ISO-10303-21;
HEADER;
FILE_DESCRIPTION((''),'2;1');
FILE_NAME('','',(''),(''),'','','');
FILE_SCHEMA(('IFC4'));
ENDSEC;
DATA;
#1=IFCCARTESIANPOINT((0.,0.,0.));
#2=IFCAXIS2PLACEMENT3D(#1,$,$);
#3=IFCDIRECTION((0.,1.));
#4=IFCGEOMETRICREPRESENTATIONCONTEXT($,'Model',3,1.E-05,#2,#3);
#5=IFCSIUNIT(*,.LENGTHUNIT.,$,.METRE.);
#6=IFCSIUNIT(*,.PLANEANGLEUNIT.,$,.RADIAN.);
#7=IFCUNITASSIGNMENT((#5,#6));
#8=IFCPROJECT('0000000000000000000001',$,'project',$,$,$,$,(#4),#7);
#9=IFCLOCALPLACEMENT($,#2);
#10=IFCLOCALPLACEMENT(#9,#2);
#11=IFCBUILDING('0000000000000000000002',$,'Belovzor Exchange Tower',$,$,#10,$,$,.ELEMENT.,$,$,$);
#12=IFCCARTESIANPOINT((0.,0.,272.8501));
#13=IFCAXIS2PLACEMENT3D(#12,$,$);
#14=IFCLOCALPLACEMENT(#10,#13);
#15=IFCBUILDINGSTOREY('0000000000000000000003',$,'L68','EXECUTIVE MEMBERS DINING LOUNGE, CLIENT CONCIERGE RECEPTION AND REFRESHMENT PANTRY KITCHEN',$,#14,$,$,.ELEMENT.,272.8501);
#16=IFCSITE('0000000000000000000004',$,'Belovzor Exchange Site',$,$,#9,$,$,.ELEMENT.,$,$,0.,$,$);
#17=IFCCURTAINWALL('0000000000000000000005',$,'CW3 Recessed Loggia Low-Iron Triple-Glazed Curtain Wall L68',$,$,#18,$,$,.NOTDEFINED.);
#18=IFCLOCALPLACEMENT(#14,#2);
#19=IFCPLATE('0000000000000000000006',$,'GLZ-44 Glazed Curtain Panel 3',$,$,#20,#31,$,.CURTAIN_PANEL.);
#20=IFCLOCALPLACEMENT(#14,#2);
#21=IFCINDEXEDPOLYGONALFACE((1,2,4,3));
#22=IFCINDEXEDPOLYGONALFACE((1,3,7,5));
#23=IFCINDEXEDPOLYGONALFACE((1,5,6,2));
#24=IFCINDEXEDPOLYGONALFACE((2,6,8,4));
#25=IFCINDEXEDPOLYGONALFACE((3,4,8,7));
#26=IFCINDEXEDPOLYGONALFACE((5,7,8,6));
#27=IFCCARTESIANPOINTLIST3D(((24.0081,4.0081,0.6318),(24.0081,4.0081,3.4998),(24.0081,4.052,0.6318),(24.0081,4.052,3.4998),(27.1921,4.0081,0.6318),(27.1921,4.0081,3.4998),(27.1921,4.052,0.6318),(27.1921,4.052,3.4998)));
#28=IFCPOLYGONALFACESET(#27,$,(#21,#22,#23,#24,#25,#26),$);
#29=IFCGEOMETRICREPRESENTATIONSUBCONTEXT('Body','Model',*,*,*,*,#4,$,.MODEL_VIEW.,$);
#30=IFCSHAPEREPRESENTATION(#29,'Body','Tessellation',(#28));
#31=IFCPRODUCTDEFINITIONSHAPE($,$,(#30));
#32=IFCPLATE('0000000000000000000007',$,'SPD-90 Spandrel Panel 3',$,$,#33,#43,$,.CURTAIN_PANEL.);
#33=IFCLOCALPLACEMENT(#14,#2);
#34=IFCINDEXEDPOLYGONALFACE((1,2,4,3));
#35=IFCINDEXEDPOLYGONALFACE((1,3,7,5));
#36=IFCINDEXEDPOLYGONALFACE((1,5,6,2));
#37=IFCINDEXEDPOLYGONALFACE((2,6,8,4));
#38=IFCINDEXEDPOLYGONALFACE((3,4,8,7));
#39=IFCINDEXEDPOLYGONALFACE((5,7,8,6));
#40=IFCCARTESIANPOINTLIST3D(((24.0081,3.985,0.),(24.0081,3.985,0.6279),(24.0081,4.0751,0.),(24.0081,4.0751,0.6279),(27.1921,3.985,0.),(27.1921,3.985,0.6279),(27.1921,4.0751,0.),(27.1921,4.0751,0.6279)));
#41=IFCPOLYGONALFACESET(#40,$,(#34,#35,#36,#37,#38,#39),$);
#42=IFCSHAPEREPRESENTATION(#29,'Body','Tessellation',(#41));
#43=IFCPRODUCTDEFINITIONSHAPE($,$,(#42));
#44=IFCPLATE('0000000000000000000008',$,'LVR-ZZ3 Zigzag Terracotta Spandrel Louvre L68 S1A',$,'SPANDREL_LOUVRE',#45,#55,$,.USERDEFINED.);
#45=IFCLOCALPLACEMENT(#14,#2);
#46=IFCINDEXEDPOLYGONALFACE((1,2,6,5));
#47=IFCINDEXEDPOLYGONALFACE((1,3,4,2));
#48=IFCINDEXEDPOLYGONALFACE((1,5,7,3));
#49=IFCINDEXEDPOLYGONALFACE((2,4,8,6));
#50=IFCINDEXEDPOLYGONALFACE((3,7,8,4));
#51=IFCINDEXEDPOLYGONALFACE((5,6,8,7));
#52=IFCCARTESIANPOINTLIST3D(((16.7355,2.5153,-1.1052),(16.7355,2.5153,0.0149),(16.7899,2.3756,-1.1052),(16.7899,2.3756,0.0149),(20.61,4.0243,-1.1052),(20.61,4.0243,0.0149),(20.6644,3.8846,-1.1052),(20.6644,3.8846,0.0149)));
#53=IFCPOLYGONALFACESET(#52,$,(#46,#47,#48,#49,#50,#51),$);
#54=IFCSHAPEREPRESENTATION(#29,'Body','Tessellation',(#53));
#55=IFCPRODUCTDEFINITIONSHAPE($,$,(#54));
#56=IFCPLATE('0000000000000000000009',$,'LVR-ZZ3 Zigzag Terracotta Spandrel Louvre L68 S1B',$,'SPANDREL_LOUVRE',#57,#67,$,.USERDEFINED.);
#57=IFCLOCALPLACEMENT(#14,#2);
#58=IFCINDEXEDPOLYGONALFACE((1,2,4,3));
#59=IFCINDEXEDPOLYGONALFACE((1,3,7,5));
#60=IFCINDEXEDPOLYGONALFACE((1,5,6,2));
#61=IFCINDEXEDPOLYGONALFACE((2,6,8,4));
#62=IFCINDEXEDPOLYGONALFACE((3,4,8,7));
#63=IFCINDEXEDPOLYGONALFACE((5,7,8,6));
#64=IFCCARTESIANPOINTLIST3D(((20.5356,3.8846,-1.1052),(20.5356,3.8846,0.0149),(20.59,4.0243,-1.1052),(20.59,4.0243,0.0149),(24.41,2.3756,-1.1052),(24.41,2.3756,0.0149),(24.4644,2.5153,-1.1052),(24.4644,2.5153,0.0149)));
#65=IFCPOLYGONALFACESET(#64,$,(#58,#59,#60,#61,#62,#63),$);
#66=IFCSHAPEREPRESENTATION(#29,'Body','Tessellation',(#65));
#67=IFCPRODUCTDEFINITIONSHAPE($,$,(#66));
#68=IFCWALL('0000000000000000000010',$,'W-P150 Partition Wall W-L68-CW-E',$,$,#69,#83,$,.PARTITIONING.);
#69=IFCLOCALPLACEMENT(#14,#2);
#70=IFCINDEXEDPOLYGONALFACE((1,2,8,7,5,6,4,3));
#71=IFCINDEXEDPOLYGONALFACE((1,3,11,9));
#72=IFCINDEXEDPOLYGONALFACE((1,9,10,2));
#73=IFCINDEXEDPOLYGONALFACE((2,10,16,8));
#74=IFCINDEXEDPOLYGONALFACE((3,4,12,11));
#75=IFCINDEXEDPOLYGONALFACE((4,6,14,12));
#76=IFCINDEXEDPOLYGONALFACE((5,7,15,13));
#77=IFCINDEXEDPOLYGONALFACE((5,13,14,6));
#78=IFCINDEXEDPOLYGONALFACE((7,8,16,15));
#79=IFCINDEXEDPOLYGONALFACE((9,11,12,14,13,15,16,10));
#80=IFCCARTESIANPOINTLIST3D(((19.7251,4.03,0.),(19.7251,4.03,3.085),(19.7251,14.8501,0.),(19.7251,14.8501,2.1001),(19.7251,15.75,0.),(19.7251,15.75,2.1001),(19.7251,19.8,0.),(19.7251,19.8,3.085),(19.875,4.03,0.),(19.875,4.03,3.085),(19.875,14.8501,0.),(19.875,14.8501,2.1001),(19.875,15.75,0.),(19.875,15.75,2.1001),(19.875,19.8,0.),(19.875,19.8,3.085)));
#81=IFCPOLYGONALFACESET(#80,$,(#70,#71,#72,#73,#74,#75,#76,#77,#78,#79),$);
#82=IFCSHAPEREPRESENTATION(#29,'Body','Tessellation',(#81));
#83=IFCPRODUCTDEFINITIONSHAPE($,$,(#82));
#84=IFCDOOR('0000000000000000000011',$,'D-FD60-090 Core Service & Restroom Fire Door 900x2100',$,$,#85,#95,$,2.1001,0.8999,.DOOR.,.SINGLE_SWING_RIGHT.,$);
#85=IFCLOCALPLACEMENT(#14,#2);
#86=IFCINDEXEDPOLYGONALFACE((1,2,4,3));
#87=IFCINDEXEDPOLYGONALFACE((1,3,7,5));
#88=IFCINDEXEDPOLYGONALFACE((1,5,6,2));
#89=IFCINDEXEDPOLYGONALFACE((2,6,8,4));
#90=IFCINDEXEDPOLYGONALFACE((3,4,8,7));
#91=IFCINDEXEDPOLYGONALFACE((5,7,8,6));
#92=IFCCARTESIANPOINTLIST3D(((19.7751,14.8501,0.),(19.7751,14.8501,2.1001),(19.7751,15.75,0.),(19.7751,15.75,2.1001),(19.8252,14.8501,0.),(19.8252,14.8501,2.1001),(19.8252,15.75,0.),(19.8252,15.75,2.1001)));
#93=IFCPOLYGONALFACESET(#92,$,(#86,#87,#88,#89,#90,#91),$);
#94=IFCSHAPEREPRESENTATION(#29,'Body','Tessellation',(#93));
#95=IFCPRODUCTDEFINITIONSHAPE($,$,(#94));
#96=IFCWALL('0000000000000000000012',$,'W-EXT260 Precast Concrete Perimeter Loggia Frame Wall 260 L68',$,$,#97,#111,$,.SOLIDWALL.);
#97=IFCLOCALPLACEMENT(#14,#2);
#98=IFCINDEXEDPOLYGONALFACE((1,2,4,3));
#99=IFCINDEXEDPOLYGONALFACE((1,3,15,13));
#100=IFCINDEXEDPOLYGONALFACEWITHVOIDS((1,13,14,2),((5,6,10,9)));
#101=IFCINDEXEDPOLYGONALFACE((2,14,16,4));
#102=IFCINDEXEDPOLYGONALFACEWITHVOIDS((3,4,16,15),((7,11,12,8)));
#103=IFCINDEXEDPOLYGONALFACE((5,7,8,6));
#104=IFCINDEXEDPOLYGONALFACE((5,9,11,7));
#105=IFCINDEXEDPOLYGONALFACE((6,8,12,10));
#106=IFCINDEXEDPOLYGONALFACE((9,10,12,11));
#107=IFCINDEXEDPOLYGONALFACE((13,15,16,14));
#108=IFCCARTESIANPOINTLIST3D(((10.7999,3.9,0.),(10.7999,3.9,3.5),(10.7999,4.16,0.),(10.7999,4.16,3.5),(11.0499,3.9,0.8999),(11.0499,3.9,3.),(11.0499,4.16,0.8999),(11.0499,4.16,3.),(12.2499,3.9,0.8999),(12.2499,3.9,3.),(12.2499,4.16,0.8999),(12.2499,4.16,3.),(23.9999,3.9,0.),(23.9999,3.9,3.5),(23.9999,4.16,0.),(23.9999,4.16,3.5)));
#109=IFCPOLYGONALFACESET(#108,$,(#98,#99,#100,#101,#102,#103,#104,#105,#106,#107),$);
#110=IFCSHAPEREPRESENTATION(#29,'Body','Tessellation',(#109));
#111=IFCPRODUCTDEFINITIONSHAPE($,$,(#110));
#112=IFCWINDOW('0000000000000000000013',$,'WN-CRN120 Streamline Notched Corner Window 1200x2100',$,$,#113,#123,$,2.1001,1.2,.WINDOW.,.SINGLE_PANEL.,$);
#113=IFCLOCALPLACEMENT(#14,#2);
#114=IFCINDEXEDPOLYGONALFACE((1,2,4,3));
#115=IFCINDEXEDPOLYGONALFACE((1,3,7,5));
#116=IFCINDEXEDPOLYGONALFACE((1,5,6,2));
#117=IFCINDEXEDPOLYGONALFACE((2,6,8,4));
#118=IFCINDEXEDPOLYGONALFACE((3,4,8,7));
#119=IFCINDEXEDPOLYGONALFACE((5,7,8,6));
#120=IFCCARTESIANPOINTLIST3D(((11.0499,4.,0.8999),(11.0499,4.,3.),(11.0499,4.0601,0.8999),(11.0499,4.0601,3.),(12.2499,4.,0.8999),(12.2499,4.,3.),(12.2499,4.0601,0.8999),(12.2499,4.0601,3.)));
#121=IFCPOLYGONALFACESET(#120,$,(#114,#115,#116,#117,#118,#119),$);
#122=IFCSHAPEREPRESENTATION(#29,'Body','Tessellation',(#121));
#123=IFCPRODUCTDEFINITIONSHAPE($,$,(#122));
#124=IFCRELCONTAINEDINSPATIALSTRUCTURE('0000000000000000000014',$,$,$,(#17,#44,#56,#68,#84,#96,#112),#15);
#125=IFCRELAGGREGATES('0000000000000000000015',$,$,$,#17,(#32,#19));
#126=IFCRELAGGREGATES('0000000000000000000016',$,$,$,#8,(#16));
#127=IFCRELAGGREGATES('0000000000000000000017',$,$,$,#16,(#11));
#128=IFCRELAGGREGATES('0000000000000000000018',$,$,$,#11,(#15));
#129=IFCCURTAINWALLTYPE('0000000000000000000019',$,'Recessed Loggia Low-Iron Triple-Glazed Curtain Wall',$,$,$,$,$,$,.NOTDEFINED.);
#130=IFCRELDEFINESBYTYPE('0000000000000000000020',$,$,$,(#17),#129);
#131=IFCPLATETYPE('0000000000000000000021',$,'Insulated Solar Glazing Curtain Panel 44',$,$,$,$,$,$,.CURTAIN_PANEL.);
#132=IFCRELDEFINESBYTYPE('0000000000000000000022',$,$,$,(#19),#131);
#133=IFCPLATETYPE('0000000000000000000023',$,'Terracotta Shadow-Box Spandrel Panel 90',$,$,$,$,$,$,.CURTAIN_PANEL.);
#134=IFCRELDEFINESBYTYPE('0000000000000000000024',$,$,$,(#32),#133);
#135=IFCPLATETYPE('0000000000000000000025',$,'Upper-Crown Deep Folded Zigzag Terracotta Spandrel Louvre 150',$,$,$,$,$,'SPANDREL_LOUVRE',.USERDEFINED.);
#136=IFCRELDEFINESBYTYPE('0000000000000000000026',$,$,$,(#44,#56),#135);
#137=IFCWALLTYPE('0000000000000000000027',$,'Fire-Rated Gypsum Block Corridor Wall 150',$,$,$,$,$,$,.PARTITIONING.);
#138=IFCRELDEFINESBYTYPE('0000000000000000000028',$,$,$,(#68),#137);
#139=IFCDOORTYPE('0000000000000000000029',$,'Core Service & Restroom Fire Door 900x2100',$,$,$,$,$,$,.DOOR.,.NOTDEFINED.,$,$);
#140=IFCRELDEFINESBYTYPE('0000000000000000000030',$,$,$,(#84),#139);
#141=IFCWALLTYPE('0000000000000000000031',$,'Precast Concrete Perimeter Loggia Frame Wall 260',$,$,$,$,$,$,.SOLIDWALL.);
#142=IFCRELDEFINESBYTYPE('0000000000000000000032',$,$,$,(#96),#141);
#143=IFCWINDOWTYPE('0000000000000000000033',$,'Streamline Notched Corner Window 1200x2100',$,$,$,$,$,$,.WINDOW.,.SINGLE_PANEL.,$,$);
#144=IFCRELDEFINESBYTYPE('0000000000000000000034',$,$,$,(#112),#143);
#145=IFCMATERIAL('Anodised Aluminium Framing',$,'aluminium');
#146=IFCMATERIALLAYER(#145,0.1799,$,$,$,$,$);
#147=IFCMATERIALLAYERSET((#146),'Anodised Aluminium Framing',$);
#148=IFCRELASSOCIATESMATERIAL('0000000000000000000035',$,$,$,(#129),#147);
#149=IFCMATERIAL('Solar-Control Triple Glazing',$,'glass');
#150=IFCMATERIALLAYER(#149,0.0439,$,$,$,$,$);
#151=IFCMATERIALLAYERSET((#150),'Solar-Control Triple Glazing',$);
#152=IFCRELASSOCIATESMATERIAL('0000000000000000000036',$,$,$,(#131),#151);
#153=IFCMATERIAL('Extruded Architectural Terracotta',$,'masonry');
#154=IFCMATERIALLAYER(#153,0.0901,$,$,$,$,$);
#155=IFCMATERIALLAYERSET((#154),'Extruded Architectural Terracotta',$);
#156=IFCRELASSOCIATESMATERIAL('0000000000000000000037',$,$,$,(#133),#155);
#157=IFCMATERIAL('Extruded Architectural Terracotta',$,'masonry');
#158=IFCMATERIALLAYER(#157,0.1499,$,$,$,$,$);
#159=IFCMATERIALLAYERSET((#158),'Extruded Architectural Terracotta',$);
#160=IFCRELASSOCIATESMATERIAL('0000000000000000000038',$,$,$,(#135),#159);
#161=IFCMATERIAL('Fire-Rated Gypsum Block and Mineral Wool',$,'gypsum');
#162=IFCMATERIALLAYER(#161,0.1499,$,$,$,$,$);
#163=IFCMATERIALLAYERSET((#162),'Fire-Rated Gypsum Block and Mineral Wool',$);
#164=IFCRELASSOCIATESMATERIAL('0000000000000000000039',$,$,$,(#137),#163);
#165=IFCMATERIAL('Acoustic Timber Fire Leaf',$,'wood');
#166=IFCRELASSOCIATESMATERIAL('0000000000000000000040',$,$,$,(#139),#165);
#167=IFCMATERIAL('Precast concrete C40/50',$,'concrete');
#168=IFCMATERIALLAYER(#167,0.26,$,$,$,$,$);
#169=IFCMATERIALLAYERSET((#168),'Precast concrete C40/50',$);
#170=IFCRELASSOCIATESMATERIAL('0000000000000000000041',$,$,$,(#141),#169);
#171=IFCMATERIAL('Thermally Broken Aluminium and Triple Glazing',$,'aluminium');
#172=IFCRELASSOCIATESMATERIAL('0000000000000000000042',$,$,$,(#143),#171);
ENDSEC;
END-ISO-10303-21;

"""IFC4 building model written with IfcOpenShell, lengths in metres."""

from ifc_helpers import new_model, si_unit, direction, frame, frame_2d, origin, origin_2d, place, context, subcontext, project, spatial, rectangle, extrude, material, layer, layer_set, type_object, element, fill, aggregate, save


model = new_model("IFC4")

# Units and contexts
model_context = context("Model", 3, precision=1e-05, world=origin(), true_north=direction((0.0, 1.0)))
body_context = subcontext(model_context, "Body", "Model", "MODEL_VIEW")
ifc_project = project(units=[si_unit("LENGTHUNIT", "METRE"), si_unit("PLANEANGLEUNIT", "RADIAN")], contexts=[model_context])

# Site, building, storey
site_placement = place(None, origin())
site = spatial("IfcSite", under=ifc_project, at=site_placement, Name="Belovzor Exchange Site", CompositionType="ELEMENT", RefElevation=0.0)
building_placement = place(site_placement, origin())
building = spatial("IfcBuilding", under=site, at=building_placement, Name="Belovzor Exchange Tower", CompositionType="ELEMENT")
storey_placement = place(building_placement, frame((0.0, 0.0, 272.8501)))
storey = spatial("IfcBuildingStorey", under=building, at=storey_placement, Name="L68", Description="EXECUTIVE MEMBERS DINING LOUNGE, CLIENT CONCIERGE RECEPTION AND REFRESHMENT PANTRY KITCHEN", CompositionType="ELEMENT", Elevation=272.8501)

# Curtain wall
ifc_material_1 = material(Name="Anodised Aluminium Framing", Category="aluminium")
ifc_layer_1 = layer(ifc_material_1, 0.1799)
ifc_layer_set_1 = layer_set([ifc_layer_1], Name="Anodised Aluminium Framing")
curtain_wall_type = type_object("IfcCurtainWallType", Name="Recessed Loggia Low-Iron Triple-Glazed Curtain Wall", PredefinedType="NOTDEFINED", material=ifc_layer_set_1)
curtain_wall_placement = place(storey_placement, origin())
curtain_wall = element("IfcCurtainWall", 1, at=curtain_wall_placement, inside=storey, type_object=curtain_wall_type, Name="CW3 Recessed Loggia Low-Iron Triple-Glazed Curtain Wall L68", PredefinedType="NOTDEFINED")

# Plates
ifc_material_2 = material(Name="Solar-Control Triple Glazing", Category="glass")
ifc_layer_2 = layer(ifc_material_2, 0.0439)
ifc_layer_set_2 = layer_set([ifc_layer_2], Name="Solar-Control Triple Glazing")
plate_type_1 = type_object("IfcPlateType", Name="Insulated Solar Glazing Curtain Panel 44", PredefinedType="CURTAIN_PANEL", material=ifc_layer_set_2)
plate_1_placement = place(storey_placement, frame((25.6001, 4.03, 0.6318), z_axis=(0.0, 0.0, 1.0), x_axis=(-1.0, 0.0, 0.0)))
plate_1 = element("IfcPlate", 2, at=plate_1_placement, type_object=plate_type_1, Name="GLZ-44 Glazed Curtain Panel 3", PredefinedType="CURTAIN_PANEL", context=body_context, shape_type="SweptSolid", body=[
    extrude(rectangle(XDim=3.1841, YDim=0.0439, at=origin_2d()), origin(), (0.0, 0.0, 1.0), 2.8679),
])
ifc_material_3 = material(Name="Extruded Architectural Terracotta", Category="masonry")
ifc_layer_3 = layer(ifc_material_3, 0.0901)
ifc_layer_set_3 = layer_set([ifc_layer_3], Name="Extruded Architectural Terracotta")
plate_type_2 = type_object("IfcPlateType", Name="Terracotta Shadow-Box Spandrel Panel 90", PredefinedType="CURTAIN_PANEL", material=ifc_layer_set_3)
plate_2_placement = place(storey_placement, frame((25.6001, 4.03, 0.0), z_axis=(0.0, 0.0, 1.0), x_axis=(-1.0, 0.0, 0.0)))
plate_2 = element("IfcPlate", 3, at=plate_2_placement, type_object=plate_type_2, Name="SPD-90 Spandrel Panel 3", PredefinedType="CURTAIN_PANEL", context=body_context, shape_type="SweptSolid", body=[
    extrude(rectangle(XDim=3.1841, YDim=0.0901, at=origin_2d()), origin(), (0.0, 0.0, 1.0), 0.6279),
])
aggregate(curtain_wall, [plate_2, plate_1])

# Plates
ifc_material_4 = material(Name="Extruded Architectural Terracotta", Category="masonry")
ifc_layer_4 = layer(ifc_material_4, 0.1499)
ifc_layer_set_4 = layer_set([ifc_layer_4], Name="Extruded Architectural Terracotta")
plate_type_3 = type_object("IfcPlateType", Name="Upper-Crown Deep Folded Zigzag Terracotta Spandrel Louvre 150", ElementType="SPANDREL_LOUVRE", PredefinedType="USERDEFINED", material=ifc_layer_set_4)
for number, where, z_axis, x_axis, name in (
    (4, (18.7, 3.2, -1.1052), (0.0, 0.0, 1.0), (0.931818, 0.362926, 0.0), "LVR-ZZ3 Zigzag Terracotta Spandrel Louvre L68 S1A"),
    (5, (22.5, 3.2, -1.1052), (0.0, 0.0, 1.0), (0.931818, -0.362926, 0.0), "LVR-ZZ3 Zigzag Terracotta Spandrel Louvre L68 S1B"),
):
    element("IfcPlate", number, at=place(storey_placement, frame(where, z_axis=z_axis, x_axis=x_axis)), inside=storey, type_object=plate_type_3, Name=name, ObjectType="SPANDREL_LOUVRE", PredefinedType="USERDEFINED", context=body_context, shape_type="SweptSolid", body=[
        extrude(rectangle(XDim=4.158, YDim=0.1499, at=origin_2d()), origin(), (0.0, 0.0, 1.0), 1.1201),
    ])

# Wall, opening, door
ifc_material_5 = material(Name="Fire-Rated Gypsum Block and Mineral Wool", Category="gypsum")
ifc_layer_5 = layer(ifc_material_5, 0.1499)
ifc_layer_set_5 = layer_set([ifc_layer_5], Name="Fire-Rated Gypsum Block and Mineral Wool")
wall_type_1 = type_object("IfcWallType", Name="Fire-Rated Gypsum Block Corridor Wall 150", PredefinedType="PARTITIONING", material=ifc_layer_set_5)
wall_1_placement = place(storey_placement, frame((19.8, 4.03, 0.0), z_axis=(0.0, 0.0, 1.0), x_axis=(0.0, 1.0, 0.0)))
wall_1 = element("IfcWall", 6, at=wall_1_placement, inside=storey, type_object=wall_type_1, Name="W-P150 Partition Wall W-L68-CW-E", PredefinedType="PARTITIONING", context=body_context, shape_type="SweptSolid", body=[
    extrude(rectangle(XDim=15.77, YDim=0.1499, at=frame_2d((7.885, 0.0))), origin(), (0.0, 0.0, 1.0), 3.085),
])
opening_1_placement = place(wall_1_placement, frame((10.8201, 0.0, 0.0)))
opening_1 = element("IfcOpeningElement", 7, at=opening_1_placement, cuts=wall_1, PredefinedType="OPENING", context=body_context, shape_type="SweptSolid", body=[
    extrude(rectangle(XDim=0.8999, YDim=2.1001, at=frame_2d((0.45, 1.05))), frame((0.0, 0.085, 0.0), z_axis=(0.0, -1.0, 0.0), x_axis=(1.0, 0.0, 0.0)), (0.0, 0.0, 1.0), 0.1699),
])
ifc_material_6 = material(Name="Acoustic Timber Fire Leaf", Category="wood")
door_type = type_object("IfcDoorType", Name="Core Service & Restroom Fire Door 900x2100", OperationType="NOTDEFINED", PredefinedType="DOOR", material=ifc_material_6)
door_placement = place(opening_1_placement, origin())
door = element("IfcDoor", 8, at=door_placement, inside=storey, type_object=door_type, Name="D-FD60-090 Core Service & Restroom Fire Door 900x2100", OperationType="SINGLE_SWING_RIGHT", OverallHeight=2.1001, OverallWidth=0.8999, PredefinedType="DOOR", context=body_context, shape_type="SweptSolid", body=[
    extrude(rectangle(XDim=0.8999, YDim=2.1001, at=frame_2d((0.45, 1.05))), frame((0.0, 0.0249, 0.0), z_axis=(0.0, -1.0, 0.0), x_axis=(1.0, 0.0, 0.0)), (0.0, 0.0, 1.0), 0.05),
])
fill(opening_1, door)

# Wall, opening, window
ifc_material_7 = material(Name="Precast concrete C40/50", Category="concrete")
ifc_layer_6 = layer(ifc_material_7, 0.26)
ifc_layer_set_6 = layer_set([ifc_layer_6], Name="Precast concrete C40/50")
wall_type_2 = type_object("IfcWallType", Name="Precast Concrete Perimeter Loggia Frame Wall 260", PredefinedType="SOLIDWALL", material=ifc_layer_set_6)
wall_2_placement = place(storey_placement, frame((24.0, 4.03, 0.0), z_axis=(0.0, 0.0, 1.0), x_axis=(-1.0, 0.0, 0.0)))
wall_2 = element("IfcWall", 9, at=wall_2_placement, inside=storey, type_object=wall_type_2, Name="W-EXT260 Precast Concrete Perimeter Loggia Frame Wall 260 L68", PredefinedType="SOLIDWALL", context=body_context, shape_type="SweptSolid", body=[
    extrude(rectangle(XDim=13.2, YDim=0.26, at=frame_2d((6.6001, 0.0))), origin(), (0.0, 0.0, 1.0), 3.5),
])
opening_2_placement = place(wall_2_placement, frame((11.75, 0.0, 0.8999)))
opening_2 = element("IfcOpeningElement", 10, at=opening_2_placement, cuts=wall_2, PredefinedType="OPENING", context=body_context, shape_type="SweptSolid", body=[
    extrude(rectangle(XDim=1.2, YDim=2.1001, at=frame_2d((0.6001, 1.05))), frame((0.0, 0.1399, 0.0), z_axis=(0.0, -1.0, 0.0), x_axis=(1.0, 0.0, 0.0)), (0.0, 0.0, 1.0), 0.28),
])
ifc_material_8 = material(Name="Thermally Broken Aluminium and Triple Glazing", Category="aluminium")
window_type = type_object("IfcWindowType", Name="Streamline Notched Corner Window 1200x2100", PartitioningType="SINGLE_PANEL", PredefinedType="WINDOW", material=ifc_material_8)
window_placement = place(opening_2_placement, origin())
window = element("IfcWindow", 11, at=window_placement, inside=storey, type_object=window_type, Name="WN-CRN120 Streamline Notched Corner Window 1200x2100", OverallHeight=2.1001, OverallWidth=1.2, PartitioningType="SINGLE_PANEL", PredefinedType="WINDOW", context=body_context, shape_type="SweptSolid", body=[
    extrude(rectangle(XDim=1.2, YDim=2.1001, at=frame_2d((0.6001, 1.05))), frame((0.0, 0.03, 0.0), z_axis=(0.0, -1.0, 0.0), x_axis=(1.0, 0.0, 0.0)), (0.0, 0.0, 1.0), 0.0601),
])
fill(opening_2, window)

save(model, "model.ifc")
